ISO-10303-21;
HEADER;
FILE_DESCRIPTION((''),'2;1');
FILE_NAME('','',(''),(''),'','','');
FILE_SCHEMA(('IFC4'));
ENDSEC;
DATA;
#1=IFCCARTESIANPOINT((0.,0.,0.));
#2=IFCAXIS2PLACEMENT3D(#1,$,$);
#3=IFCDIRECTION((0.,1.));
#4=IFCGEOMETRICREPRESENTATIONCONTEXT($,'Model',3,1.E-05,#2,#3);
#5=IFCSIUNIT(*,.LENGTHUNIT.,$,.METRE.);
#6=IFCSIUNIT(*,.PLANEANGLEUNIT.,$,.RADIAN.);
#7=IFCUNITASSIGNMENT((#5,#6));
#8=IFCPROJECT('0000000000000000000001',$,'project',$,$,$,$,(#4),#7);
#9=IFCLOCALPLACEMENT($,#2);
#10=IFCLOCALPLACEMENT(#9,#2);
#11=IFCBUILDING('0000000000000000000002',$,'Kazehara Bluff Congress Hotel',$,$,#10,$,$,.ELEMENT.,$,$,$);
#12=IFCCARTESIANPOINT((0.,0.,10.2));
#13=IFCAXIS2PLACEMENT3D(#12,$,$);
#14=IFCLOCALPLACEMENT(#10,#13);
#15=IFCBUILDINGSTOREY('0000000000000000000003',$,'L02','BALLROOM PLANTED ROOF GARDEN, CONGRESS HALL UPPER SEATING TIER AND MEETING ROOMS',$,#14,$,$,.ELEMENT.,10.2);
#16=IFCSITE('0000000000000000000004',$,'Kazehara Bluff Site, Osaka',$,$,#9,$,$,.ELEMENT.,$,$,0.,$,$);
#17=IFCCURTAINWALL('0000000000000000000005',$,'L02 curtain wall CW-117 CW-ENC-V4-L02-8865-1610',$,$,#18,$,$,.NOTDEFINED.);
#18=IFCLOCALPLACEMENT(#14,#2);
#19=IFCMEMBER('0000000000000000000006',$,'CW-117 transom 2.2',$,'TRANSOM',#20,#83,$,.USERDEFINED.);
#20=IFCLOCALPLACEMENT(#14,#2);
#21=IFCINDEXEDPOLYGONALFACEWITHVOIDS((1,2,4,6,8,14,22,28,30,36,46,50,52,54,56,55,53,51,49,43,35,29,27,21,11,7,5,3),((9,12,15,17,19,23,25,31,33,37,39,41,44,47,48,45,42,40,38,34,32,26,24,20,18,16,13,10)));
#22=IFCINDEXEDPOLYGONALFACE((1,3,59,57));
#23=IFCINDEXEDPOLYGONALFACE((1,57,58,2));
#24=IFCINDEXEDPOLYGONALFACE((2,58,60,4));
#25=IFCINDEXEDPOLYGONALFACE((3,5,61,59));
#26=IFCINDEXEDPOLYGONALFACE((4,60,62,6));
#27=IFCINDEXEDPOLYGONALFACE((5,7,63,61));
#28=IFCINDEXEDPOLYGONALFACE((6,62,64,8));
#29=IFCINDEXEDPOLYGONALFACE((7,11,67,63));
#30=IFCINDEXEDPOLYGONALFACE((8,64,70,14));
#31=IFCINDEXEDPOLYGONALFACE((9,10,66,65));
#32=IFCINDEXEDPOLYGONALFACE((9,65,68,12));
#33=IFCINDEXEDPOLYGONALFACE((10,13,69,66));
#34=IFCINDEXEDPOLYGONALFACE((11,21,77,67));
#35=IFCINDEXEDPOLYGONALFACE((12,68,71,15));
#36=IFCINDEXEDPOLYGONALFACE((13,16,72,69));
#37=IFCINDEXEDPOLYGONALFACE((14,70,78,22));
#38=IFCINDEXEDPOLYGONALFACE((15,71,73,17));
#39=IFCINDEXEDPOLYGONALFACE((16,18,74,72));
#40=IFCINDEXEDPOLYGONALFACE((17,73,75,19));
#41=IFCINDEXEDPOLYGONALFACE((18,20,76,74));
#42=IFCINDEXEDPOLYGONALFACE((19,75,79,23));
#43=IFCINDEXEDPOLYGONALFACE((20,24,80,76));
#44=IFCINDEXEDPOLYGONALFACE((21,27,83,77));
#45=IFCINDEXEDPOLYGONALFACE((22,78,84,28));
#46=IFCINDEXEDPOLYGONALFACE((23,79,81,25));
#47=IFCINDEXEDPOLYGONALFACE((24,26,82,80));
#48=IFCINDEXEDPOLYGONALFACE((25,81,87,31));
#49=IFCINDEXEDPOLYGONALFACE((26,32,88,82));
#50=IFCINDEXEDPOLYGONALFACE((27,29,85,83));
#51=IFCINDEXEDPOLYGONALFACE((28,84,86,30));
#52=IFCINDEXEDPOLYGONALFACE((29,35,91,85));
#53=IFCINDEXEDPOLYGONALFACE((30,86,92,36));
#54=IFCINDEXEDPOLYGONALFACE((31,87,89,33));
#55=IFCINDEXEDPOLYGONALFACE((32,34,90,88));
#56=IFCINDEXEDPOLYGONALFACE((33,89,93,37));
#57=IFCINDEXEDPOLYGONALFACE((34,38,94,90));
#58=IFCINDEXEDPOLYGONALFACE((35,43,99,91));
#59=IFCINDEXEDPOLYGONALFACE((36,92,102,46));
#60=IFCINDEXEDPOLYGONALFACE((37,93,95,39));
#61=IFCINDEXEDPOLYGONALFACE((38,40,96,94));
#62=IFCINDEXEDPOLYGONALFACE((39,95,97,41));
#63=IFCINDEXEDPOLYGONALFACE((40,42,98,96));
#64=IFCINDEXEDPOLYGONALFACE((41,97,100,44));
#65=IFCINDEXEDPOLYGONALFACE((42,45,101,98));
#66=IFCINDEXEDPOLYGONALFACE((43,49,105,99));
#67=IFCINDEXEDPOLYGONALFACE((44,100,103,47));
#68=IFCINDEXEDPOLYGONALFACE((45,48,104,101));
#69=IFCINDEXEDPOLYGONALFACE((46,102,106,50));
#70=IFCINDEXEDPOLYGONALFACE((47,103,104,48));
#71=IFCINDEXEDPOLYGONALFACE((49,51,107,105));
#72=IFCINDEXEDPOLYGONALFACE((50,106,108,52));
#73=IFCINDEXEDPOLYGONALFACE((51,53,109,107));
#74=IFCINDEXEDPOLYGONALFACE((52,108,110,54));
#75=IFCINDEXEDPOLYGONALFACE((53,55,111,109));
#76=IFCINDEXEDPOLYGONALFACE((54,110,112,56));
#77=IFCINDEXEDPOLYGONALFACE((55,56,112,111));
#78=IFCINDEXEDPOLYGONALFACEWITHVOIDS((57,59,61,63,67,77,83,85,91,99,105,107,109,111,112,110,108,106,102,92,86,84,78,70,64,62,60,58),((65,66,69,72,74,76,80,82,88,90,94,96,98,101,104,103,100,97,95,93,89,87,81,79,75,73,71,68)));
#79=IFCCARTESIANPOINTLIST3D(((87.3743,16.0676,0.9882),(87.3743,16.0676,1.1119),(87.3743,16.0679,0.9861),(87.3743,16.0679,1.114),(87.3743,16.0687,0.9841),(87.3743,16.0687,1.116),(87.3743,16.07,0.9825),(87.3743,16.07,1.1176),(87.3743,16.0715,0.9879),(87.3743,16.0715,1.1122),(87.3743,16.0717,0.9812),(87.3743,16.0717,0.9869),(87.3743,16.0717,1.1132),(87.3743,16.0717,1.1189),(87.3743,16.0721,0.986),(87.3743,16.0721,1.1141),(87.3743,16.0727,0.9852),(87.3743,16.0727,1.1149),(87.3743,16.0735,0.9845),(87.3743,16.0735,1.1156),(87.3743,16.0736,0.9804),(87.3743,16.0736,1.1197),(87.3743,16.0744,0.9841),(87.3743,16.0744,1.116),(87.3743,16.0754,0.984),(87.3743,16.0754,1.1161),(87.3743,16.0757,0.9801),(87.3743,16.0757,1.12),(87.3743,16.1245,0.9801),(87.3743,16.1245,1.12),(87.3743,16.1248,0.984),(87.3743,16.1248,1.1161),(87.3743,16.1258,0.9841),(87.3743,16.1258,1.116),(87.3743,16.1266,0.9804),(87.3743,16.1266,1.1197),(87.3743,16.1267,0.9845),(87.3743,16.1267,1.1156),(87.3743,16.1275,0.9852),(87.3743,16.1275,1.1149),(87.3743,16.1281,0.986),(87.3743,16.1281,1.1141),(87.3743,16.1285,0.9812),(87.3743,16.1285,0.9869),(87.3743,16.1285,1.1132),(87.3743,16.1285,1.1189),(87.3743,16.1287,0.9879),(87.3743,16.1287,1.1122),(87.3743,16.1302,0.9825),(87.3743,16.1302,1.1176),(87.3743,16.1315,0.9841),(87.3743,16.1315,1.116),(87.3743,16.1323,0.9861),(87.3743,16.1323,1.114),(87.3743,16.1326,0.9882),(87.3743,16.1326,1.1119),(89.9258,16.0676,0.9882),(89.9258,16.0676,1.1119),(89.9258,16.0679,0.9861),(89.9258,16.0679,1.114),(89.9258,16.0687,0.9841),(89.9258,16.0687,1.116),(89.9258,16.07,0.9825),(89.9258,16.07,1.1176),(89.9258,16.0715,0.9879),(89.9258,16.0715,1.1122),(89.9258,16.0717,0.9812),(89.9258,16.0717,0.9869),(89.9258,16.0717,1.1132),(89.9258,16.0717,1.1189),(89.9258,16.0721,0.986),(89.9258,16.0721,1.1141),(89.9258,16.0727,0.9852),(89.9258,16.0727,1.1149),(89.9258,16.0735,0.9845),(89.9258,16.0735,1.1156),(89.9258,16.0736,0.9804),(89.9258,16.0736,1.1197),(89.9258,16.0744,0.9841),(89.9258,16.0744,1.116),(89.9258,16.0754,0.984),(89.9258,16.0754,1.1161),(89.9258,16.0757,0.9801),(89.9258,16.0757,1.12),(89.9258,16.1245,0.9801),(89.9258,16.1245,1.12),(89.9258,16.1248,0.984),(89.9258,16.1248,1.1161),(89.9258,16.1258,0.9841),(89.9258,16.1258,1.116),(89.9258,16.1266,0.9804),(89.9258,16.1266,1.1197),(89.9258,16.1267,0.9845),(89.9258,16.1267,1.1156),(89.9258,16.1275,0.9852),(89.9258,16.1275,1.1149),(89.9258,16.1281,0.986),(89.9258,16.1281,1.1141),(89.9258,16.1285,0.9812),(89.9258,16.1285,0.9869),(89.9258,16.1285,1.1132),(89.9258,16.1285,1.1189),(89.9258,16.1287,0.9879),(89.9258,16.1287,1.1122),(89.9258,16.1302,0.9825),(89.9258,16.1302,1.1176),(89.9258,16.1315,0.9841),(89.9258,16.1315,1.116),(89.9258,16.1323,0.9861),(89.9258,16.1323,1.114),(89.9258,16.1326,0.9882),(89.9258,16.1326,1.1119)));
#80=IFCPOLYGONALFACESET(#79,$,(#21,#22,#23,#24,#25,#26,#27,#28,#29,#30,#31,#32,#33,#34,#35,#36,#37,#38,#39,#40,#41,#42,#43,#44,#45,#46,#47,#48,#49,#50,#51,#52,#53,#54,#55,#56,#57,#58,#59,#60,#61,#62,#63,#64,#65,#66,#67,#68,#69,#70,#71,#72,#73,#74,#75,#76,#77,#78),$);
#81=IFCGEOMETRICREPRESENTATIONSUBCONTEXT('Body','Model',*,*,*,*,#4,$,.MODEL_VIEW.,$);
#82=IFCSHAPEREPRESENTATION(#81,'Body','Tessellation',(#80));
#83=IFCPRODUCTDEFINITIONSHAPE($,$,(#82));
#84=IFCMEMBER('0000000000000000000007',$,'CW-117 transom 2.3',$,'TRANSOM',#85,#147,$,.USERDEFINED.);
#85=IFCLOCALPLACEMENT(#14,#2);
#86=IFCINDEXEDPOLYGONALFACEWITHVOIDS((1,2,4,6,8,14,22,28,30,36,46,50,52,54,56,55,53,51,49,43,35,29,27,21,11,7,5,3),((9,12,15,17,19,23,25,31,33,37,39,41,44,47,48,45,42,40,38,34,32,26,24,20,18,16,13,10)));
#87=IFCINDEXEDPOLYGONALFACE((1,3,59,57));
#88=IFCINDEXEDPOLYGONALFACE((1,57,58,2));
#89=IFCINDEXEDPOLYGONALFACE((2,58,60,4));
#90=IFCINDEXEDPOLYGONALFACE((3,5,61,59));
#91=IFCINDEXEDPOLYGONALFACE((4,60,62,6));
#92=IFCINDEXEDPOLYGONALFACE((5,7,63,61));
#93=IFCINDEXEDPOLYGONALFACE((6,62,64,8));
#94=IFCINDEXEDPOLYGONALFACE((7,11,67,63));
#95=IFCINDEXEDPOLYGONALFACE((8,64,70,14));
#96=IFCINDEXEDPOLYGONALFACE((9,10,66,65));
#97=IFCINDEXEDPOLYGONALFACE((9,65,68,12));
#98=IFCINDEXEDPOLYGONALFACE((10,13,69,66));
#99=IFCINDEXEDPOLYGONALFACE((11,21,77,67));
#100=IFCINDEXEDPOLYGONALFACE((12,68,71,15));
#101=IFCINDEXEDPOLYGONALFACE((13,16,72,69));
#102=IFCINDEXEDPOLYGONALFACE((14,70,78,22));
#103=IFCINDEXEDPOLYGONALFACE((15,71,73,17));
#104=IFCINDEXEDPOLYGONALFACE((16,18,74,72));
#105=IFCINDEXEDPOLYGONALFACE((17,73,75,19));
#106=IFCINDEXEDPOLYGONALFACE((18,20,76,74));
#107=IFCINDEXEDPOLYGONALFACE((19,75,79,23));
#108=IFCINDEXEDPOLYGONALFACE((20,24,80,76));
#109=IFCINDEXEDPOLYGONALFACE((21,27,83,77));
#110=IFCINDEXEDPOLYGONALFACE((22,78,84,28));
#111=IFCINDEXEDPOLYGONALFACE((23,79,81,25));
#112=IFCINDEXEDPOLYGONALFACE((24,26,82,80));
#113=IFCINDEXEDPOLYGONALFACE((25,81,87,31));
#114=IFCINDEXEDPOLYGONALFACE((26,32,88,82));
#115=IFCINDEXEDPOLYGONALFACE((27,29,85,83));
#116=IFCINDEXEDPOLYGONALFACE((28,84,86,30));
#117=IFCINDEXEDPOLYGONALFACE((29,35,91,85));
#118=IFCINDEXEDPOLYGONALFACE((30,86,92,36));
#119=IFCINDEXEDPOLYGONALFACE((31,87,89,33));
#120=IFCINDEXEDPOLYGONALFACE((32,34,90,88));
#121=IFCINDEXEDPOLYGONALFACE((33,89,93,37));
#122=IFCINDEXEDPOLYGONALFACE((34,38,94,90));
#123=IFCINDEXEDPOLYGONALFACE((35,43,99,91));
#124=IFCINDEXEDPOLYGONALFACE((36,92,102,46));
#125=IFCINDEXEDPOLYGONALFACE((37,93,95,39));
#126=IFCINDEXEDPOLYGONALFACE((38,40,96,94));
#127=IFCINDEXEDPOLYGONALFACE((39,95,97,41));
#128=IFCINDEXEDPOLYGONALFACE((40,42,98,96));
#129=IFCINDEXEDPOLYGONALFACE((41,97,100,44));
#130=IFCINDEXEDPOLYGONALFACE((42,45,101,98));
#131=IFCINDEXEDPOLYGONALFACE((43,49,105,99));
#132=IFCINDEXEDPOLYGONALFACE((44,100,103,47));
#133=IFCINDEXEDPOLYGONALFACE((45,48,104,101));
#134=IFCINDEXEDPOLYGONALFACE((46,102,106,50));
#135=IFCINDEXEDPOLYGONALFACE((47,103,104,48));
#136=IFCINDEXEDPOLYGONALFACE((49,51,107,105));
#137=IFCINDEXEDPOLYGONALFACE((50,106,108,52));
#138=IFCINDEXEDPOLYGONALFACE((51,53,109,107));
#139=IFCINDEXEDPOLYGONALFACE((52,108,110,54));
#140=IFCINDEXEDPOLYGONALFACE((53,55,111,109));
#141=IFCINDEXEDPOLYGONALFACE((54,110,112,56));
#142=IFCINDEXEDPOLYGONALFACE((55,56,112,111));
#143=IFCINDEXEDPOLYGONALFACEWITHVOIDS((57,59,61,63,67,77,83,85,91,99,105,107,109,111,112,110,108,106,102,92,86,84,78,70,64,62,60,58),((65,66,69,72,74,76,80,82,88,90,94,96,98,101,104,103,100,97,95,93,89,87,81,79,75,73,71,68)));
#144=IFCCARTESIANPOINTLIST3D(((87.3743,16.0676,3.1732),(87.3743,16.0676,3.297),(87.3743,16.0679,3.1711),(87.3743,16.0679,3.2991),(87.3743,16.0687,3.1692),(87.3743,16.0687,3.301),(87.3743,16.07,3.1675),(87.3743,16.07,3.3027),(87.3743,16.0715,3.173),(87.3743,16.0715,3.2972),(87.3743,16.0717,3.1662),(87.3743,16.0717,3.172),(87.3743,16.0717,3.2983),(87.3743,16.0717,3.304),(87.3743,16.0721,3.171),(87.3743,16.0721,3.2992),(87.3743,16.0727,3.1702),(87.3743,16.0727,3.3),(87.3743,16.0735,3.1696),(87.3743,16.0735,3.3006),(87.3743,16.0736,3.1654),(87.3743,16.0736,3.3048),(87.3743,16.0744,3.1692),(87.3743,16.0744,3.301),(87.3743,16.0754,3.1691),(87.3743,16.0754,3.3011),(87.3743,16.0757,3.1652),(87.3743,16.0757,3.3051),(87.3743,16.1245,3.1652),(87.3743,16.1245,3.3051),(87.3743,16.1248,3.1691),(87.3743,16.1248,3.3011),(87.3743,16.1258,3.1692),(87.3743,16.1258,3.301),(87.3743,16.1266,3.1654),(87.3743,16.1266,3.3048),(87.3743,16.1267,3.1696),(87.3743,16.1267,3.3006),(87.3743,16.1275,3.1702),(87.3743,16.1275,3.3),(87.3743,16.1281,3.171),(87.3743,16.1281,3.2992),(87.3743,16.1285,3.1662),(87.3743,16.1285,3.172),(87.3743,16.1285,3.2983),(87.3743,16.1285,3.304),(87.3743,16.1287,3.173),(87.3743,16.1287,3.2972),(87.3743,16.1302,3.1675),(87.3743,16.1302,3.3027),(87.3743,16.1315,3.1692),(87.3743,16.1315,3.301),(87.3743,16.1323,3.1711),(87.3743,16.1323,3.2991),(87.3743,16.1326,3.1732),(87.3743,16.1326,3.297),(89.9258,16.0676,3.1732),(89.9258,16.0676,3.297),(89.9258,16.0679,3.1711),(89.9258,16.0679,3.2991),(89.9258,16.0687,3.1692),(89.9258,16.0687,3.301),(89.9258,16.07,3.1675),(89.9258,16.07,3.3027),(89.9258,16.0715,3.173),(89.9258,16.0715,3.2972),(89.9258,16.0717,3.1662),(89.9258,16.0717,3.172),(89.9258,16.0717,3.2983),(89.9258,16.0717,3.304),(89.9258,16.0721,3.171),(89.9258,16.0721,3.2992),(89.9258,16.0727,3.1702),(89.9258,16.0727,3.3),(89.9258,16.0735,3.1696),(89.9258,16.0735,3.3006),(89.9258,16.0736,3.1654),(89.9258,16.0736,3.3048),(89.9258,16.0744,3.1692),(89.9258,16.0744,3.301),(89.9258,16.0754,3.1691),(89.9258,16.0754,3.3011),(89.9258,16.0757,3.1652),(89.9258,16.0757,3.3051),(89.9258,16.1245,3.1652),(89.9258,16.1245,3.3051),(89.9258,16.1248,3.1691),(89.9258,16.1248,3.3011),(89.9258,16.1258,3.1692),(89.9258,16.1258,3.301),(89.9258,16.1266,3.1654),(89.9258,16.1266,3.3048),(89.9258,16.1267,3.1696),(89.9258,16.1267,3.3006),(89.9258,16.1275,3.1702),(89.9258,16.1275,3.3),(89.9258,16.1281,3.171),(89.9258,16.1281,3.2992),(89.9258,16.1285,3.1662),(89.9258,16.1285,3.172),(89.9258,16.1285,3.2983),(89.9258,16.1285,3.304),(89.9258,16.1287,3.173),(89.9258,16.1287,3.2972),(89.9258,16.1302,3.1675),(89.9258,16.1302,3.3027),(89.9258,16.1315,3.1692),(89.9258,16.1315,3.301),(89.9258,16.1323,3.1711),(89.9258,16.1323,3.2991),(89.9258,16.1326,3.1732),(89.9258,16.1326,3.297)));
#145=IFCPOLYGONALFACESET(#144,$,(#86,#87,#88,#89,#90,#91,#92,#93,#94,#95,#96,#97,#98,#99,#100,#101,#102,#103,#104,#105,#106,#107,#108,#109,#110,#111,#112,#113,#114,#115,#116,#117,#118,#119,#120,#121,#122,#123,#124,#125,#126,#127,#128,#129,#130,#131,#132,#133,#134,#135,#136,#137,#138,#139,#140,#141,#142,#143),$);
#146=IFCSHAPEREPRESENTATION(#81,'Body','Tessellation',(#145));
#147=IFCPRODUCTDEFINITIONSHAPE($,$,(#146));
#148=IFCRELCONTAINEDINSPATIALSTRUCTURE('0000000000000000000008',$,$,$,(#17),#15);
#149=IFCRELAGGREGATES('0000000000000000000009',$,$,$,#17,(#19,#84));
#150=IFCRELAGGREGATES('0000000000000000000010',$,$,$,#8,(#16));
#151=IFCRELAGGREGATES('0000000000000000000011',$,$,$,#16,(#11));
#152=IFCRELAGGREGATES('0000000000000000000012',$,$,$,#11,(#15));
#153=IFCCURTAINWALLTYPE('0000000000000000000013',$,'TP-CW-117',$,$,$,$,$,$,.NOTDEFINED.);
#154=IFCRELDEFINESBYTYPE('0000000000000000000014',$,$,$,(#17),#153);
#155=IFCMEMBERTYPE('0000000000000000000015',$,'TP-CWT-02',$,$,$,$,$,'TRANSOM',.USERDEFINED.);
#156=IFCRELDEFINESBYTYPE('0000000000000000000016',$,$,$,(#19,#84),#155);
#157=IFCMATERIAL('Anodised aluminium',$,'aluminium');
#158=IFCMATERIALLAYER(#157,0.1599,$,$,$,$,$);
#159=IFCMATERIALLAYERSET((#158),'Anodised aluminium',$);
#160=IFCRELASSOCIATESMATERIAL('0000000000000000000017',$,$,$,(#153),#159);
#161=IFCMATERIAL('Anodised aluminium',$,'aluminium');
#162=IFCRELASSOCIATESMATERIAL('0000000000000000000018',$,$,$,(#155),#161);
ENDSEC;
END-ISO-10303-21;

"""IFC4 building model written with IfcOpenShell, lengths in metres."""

from ifc_helpers import new_model, si_unit, direction, frame, origin, origin_2d, place, context, subcontext, project, spatial, hollow_rectangle, extrude, material, layer, layer_set, material_profile, profile_set, type_object, element, aggregate, save


model = new_model("IFC4")

# Units and contexts
model_context = context("Model", 3, precision=1e-05, world=origin(), true_north=direction((0.0, 1.0)))
body_context = subcontext(model_context, "Body", "Model", "MODEL_VIEW")
ifc_project = project(units=[si_unit("LENGTHUNIT", "METRE"), si_unit("PLANEANGLEUNIT", "RADIAN")], contexts=[model_context])

# Site, building, storey
site_placement = place(None, origin())
site = spatial("IfcSite", under=ifc_project, at=site_placement, Name="Kazehara Bluff Site, Osaka", CompositionType="ELEMENT", RefElevation=0.0)
building_placement = place(site_placement, origin())
building = spatial("IfcBuilding", under=site, at=building_placement, Name="Kazehara Bluff Congress Hotel", CompositionType="ELEMENT")
storey_placement = place(building_placement, frame((0.0, 0.0, 10.2)))
storey = spatial("IfcBuildingStorey", under=building, at=storey_placement, Name="L02", Description="BALLROOM PLANTED ROOF GARDEN, CONGRESS HALL UPPER SEATING TIER AND MEETING ROOMS", CompositionType="ELEMENT", Elevation=10.2)

# Shared definitions
ifc_material_1 = material(Name="Anodised aluminium", Category="aluminium")
ifc_layer_1 = layer(ifc_material_1, 0.1599)
ifc_layer_set_1 = layer_set([ifc_layer_1], Name="Anodised aluminium")
curtain_wall_type = type_object("IfcCurtainWallType", Name="TP-CW-117", PredefinedType="NOTDEFINED", material=ifc_layer_set_1)

# Curtain wall
curtain_wall_1_placement = place(storey_placement, origin())
curtain_wall_1 = element("IfcCurtainWall", 1, at=curtain_wall_1_placement, inside=storey, type_object=curtain_wall_type, Name="L02 curtain wall CW-117 CW-ENC-V4-L02-8865-1610", PredefinedType="NOTDEFINED")

# Members
ifc_material_2 = material(Name="Anodised aluminium", Category="aluminium")
ifc_material_profile_1 = material_profile(ifc_material_2, hollow_rectangle(XDim=0.0649, YDim=0.1399, WallThickness=0.0039, InnerFilletRadius=0.0039, OuterFilletRadius=0.0081, at=origin_2d()))
ifc_profile_set_1 = profile_set([ifc_material_profile_1], Name="Anodised aluminium")
member_type_1 = type_object("IfcMemberType", Name="TP-CWT-02", ElementType="TRANSOM", PredefinedType="USERDEFINED", material=ifc_profile_set_1)
member_1_placement = place(storey_placement, frame((89.9258, 16.1001, 1.05), z_axis=(-1.0, 0.0, 0.0), x_axis=(0.0, -1.0, 0.0)))
member_1 = element("IfcMember", 2, at=member_1_placement, type_object=member_type_1, Name="CW-117 transom 2.2", ObjectType="TRANSOM", PredefinedType="USERDEFINED", context=body_context, shape_type="SweptSolid", body=[
    extrude(hollow_rectangle(XDim=0.0649, YDim=0.1399, WallThickness=0.0039, InnerFilletRadius=0.0039, OuterFilletRadius=0.0081, at=origin_2d()), origin(), (0.0, 0.0, 1.0), 2.5515),
])
member_2_placement = place(storey_placement, frame((89.9258, 16.1001, 3.2351), z_axis=(-1.0, 0.0, 0.0), x_axis=(0.0, -1.0, 0.0)))
member_2 = element("IfcMember", 3, at=member_2_placement, type_object=member_type_1, Name="CW-117 transom 2.3", ObjectType="TRANSOM", PredefinedType="USERDEFINED", context=body_context, shape_type="SweptSolid", body=[
    extrude(hollow_rectangle(XDim=0.0649, YDim=0.1399, WallThickness=0.0039, InnerFilletRadius=0.0039, OuterFilletRadius=0.0081, at=origin_2d()), origin(), (0.0, 0.0, 1.0), 2.5515),
])

aggregate(curtain_wall_1, [member_1, member_2])

save(model, "model.ifc")
